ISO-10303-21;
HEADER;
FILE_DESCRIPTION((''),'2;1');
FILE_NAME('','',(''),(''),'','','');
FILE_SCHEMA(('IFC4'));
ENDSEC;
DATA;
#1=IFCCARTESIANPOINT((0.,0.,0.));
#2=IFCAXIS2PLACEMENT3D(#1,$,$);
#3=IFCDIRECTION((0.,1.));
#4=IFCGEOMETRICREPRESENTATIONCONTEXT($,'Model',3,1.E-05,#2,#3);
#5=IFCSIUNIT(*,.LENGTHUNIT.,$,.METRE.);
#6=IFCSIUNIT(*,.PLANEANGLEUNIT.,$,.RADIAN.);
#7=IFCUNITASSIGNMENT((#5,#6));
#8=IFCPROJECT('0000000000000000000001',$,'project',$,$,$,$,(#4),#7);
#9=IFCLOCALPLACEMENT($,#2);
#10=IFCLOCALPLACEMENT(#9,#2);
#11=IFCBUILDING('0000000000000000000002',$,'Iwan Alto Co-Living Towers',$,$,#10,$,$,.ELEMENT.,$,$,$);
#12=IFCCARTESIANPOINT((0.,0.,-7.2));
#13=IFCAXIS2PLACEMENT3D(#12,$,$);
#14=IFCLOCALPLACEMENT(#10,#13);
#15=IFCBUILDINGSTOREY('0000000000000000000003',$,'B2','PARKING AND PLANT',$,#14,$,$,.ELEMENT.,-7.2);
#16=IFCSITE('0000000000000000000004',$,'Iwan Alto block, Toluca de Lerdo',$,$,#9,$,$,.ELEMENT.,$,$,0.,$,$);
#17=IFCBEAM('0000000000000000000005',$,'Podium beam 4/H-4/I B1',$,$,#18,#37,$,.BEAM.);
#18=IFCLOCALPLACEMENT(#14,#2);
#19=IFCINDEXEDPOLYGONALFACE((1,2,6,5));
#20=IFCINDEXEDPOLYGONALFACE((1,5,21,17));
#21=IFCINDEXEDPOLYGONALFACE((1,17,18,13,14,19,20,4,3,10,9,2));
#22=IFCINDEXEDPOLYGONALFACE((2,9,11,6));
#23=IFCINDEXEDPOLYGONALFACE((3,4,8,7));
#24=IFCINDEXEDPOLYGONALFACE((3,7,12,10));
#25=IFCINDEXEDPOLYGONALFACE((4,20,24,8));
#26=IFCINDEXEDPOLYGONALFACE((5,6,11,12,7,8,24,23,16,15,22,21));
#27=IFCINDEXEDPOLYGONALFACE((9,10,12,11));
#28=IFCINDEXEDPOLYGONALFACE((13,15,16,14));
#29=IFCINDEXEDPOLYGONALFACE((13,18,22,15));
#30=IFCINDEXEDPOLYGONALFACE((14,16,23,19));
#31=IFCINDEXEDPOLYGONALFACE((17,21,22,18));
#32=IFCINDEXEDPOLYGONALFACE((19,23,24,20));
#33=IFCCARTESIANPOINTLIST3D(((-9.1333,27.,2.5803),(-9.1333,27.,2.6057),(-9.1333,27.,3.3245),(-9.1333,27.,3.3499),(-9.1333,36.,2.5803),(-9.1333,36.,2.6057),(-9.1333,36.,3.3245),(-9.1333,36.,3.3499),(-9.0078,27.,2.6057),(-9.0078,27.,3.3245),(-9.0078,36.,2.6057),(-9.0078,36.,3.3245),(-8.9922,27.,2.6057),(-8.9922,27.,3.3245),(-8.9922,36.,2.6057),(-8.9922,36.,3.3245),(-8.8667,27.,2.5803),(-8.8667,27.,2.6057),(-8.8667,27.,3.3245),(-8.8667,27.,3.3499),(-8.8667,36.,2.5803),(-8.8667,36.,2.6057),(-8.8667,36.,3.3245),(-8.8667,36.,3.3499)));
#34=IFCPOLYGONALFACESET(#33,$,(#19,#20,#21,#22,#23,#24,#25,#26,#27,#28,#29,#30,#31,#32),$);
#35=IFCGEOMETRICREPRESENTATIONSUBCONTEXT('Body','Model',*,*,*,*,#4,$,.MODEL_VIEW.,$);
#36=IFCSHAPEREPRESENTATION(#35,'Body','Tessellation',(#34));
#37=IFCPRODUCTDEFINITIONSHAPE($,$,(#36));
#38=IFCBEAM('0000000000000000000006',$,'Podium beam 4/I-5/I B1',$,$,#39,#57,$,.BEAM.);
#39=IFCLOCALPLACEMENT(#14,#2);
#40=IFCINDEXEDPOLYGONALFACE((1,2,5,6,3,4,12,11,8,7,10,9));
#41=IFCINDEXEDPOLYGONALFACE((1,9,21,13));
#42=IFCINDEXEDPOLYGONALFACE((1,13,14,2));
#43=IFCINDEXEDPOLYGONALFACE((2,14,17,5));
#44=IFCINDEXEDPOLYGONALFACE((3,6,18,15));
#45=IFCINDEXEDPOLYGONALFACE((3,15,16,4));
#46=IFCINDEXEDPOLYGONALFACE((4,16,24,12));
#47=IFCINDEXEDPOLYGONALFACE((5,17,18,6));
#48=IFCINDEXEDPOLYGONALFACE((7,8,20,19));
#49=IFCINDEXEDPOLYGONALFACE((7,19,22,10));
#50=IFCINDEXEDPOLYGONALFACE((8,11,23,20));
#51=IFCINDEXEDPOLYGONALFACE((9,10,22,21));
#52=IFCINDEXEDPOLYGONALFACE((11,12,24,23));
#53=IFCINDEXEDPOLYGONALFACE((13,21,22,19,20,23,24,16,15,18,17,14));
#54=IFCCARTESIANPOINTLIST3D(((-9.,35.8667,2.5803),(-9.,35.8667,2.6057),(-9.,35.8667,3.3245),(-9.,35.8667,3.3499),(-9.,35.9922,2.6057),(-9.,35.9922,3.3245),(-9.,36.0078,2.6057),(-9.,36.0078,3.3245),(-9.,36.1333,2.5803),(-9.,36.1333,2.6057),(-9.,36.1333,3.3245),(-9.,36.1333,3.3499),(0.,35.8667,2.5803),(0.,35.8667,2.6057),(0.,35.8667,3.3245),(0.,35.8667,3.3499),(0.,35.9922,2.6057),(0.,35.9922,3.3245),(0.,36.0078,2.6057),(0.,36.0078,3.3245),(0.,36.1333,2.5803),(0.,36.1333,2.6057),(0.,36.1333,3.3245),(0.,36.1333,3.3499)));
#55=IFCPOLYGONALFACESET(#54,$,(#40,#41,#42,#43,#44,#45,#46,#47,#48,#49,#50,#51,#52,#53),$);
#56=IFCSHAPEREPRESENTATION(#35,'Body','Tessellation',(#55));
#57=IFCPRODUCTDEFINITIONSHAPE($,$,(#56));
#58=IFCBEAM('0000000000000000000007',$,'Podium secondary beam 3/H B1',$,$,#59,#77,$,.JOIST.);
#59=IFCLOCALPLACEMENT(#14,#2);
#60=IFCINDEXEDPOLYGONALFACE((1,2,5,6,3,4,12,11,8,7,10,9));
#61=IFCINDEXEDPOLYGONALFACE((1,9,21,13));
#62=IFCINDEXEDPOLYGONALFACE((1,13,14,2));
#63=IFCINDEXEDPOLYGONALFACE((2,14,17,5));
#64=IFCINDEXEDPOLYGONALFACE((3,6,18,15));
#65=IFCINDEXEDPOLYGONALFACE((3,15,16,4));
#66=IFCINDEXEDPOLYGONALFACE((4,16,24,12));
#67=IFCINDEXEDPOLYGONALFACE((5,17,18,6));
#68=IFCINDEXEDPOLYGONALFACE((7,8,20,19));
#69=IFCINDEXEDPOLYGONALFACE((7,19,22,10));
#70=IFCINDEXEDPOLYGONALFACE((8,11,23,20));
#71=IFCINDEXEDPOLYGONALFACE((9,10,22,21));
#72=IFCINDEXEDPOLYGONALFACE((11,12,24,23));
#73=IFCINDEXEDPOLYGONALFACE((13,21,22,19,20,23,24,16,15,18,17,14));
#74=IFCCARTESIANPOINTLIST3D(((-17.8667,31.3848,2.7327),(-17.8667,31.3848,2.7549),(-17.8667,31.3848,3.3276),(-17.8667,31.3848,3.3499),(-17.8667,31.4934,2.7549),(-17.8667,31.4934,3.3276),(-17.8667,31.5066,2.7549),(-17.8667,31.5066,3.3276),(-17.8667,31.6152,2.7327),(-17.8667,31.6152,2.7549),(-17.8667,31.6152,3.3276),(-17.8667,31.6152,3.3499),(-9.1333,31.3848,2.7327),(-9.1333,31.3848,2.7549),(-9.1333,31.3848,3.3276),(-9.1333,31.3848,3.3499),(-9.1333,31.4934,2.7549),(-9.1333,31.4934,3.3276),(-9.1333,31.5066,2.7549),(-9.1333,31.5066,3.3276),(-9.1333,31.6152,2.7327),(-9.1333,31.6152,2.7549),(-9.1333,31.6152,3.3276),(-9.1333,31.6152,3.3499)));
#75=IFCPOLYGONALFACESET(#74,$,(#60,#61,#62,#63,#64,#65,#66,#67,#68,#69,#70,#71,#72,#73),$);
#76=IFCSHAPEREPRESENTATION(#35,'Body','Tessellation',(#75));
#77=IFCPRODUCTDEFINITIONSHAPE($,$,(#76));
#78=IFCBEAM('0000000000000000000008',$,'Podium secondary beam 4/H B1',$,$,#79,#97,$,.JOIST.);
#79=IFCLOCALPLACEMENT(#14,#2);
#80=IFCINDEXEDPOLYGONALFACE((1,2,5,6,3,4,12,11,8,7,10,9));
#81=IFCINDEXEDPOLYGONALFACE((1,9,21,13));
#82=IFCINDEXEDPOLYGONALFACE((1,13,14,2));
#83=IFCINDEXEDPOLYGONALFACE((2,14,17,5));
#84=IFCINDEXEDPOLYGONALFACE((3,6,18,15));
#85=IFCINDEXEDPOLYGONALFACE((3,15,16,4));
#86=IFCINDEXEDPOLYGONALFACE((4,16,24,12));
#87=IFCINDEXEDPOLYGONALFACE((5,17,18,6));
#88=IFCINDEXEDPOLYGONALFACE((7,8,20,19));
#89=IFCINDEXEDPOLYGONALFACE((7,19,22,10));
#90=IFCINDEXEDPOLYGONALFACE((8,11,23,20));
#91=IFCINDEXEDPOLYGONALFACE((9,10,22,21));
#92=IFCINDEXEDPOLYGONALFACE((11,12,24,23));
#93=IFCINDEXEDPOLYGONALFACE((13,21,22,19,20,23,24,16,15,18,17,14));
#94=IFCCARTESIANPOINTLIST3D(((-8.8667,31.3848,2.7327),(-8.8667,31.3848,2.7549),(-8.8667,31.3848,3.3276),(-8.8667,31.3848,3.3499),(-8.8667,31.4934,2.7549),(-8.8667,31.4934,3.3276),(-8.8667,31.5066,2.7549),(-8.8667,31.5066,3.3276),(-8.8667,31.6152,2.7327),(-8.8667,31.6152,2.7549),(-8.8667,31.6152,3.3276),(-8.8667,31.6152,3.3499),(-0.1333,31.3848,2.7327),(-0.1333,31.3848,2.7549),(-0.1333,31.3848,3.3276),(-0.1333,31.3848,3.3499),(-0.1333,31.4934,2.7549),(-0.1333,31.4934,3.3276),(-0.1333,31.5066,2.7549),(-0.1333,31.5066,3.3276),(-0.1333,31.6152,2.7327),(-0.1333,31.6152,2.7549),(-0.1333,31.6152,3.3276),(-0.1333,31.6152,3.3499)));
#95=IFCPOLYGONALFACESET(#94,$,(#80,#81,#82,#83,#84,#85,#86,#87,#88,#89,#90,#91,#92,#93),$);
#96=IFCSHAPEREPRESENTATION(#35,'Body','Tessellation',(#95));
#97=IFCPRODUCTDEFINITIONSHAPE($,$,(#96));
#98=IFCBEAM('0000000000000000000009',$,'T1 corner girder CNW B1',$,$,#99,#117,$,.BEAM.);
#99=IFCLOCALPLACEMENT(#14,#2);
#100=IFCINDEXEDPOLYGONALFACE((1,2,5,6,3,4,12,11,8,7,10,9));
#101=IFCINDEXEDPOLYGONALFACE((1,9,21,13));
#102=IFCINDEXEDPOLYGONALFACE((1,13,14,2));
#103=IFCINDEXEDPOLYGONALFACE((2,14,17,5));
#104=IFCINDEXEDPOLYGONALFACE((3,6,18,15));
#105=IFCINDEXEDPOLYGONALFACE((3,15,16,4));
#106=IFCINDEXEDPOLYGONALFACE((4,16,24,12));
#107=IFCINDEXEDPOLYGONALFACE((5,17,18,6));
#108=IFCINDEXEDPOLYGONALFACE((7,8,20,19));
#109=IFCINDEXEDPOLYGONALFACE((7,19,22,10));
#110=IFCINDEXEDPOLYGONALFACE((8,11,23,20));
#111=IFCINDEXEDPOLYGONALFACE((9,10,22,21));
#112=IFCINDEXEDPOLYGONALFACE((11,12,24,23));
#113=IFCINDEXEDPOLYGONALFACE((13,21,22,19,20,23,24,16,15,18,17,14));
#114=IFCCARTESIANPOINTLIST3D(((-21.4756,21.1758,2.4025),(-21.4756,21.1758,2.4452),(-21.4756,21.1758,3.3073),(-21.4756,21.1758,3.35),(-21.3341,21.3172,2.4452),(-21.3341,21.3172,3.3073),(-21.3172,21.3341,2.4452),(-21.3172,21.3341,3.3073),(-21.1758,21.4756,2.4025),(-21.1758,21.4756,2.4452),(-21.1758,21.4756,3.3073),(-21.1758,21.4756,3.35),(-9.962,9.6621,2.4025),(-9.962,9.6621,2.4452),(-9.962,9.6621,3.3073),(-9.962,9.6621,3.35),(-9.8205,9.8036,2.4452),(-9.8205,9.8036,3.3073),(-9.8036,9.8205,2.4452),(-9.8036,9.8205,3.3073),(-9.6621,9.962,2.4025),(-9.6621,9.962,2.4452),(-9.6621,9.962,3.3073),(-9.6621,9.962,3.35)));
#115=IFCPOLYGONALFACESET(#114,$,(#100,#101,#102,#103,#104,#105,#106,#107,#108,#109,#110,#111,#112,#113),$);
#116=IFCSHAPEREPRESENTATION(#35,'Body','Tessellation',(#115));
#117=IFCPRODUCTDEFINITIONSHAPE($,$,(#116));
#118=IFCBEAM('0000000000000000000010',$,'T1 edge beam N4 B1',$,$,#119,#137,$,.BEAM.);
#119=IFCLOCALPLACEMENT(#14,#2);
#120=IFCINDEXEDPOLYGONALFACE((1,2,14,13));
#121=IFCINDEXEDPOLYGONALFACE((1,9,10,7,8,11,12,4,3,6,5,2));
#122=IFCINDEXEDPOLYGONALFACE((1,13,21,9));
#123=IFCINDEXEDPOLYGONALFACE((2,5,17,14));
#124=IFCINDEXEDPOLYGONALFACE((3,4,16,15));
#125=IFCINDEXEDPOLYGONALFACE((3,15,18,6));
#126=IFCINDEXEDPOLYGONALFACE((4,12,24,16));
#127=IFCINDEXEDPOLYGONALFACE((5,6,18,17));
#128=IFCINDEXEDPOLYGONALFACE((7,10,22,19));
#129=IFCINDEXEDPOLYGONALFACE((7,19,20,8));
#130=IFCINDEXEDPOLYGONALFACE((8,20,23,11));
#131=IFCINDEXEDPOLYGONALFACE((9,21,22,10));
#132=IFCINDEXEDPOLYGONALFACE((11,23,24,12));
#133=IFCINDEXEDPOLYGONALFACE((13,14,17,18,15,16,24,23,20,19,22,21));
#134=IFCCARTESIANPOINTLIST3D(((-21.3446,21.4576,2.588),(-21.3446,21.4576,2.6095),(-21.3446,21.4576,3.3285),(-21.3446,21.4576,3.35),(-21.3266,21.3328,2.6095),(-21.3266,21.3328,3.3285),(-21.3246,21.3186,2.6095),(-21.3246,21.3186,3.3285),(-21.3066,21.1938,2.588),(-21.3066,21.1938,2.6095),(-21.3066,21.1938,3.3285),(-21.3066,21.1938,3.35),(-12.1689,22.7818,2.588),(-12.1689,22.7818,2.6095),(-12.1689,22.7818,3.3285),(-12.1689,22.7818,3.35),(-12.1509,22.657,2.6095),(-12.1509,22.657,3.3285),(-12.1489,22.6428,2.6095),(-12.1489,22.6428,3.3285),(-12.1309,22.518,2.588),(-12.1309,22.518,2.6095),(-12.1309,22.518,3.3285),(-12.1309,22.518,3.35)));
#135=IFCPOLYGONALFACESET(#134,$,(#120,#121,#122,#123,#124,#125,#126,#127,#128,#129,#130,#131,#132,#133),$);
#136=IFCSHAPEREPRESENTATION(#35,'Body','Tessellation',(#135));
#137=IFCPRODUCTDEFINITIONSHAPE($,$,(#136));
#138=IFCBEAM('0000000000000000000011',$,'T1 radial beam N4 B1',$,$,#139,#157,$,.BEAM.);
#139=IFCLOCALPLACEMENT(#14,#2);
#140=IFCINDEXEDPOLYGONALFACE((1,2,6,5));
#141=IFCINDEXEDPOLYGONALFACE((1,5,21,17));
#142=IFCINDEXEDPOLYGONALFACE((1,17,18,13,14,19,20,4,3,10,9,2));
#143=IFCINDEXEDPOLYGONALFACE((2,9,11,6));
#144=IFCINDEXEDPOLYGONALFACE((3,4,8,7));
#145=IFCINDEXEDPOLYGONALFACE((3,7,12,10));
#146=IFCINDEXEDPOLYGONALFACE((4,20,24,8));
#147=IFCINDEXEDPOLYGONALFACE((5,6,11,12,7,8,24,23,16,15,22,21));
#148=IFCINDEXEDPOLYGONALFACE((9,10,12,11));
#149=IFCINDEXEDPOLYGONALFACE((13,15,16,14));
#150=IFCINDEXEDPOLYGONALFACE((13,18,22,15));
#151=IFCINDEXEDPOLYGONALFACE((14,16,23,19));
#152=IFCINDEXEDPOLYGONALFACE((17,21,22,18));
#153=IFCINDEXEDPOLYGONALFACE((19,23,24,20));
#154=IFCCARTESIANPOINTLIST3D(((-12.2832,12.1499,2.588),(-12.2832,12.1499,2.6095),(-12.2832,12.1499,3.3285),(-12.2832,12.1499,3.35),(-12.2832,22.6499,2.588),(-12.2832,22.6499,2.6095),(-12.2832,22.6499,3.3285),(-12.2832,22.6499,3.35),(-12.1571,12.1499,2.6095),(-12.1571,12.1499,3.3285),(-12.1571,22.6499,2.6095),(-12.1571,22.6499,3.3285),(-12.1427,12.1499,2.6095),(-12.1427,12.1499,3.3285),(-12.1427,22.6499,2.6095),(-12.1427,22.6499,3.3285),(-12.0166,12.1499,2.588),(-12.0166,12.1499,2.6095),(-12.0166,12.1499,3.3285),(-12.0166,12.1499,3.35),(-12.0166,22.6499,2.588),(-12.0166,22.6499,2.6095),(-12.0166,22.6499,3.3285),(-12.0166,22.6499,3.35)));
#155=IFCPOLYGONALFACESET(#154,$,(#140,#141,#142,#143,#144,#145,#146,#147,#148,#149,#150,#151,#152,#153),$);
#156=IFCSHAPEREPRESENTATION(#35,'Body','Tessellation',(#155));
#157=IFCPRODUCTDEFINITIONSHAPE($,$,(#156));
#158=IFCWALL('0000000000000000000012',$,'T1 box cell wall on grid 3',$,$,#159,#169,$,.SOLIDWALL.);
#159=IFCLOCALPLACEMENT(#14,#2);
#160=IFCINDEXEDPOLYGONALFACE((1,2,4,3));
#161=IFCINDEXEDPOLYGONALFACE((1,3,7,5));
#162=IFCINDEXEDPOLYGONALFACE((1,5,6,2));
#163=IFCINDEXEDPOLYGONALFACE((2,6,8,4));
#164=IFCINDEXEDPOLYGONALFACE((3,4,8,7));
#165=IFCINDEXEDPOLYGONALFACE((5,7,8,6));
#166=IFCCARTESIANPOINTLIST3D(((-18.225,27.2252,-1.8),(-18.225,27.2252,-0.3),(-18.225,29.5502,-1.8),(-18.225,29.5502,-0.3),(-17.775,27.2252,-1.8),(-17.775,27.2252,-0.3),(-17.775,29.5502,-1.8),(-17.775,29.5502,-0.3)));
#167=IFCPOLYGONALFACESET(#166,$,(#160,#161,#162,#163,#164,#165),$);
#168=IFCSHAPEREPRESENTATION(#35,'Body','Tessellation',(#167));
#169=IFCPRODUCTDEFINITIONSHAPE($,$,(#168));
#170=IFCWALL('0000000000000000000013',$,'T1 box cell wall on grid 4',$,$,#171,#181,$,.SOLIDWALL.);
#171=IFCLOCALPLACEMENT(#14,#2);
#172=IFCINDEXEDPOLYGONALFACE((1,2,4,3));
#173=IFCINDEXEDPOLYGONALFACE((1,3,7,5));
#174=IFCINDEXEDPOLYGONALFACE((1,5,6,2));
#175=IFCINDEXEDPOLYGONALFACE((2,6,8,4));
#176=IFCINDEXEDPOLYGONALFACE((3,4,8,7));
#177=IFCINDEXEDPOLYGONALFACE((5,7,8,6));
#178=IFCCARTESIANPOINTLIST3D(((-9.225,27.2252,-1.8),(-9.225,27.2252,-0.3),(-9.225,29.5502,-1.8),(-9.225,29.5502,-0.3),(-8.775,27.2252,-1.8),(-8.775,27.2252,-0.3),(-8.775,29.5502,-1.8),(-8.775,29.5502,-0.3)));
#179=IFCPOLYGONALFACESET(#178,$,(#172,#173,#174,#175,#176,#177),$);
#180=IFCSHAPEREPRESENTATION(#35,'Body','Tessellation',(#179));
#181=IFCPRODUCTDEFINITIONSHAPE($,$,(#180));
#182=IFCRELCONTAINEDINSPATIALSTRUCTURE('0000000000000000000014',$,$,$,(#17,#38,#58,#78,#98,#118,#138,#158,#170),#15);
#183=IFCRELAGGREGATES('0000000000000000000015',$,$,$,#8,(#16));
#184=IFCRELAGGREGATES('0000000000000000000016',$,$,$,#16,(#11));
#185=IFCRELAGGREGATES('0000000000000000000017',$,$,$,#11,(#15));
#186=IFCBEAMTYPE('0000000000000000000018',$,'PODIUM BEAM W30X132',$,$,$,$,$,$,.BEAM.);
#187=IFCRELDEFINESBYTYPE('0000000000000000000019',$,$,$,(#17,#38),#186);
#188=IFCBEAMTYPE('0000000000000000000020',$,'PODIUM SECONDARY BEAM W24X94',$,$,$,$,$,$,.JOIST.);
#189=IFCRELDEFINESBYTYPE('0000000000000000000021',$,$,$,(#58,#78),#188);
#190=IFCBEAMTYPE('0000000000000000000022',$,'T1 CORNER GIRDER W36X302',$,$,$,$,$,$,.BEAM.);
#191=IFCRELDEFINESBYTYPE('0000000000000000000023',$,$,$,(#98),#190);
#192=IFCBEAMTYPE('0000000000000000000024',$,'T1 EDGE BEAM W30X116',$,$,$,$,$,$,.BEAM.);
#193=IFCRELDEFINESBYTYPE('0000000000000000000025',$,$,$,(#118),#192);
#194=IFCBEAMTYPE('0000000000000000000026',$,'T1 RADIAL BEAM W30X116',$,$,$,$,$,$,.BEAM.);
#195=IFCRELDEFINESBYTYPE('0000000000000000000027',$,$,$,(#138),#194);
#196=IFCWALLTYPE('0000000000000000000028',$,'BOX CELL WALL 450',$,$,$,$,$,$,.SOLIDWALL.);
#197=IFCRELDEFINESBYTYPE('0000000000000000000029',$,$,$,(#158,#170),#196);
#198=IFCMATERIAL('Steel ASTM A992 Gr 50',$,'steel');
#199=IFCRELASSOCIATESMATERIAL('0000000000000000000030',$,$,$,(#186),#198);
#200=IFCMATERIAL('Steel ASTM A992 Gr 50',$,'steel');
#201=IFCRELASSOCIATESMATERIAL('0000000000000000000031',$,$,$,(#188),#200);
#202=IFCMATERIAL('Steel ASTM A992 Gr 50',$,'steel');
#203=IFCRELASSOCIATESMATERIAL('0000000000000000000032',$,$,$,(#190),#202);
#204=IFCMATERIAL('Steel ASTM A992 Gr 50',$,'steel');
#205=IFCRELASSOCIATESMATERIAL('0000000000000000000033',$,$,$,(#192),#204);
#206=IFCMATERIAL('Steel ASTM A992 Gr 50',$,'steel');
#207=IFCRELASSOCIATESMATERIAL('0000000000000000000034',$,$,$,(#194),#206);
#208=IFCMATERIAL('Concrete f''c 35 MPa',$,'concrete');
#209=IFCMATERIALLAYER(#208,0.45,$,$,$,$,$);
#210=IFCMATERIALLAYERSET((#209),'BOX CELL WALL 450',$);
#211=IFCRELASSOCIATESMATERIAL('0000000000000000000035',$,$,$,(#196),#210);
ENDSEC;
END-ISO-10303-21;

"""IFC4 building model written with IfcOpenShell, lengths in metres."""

from ifc_helpers import new_model, si_unit, direction, frame, frame_2d, origin, origin_2d, place, context, subcontext, project, spatial, rectangle, i_section, extrude, material, layer, layer_set, material_profile, profile_set, type_object, element, save


model = new_model("IFC4")

# Units and contexts
model_context = context("Model", 3, precision=1e-05, world=origin(), true_north=direction((0.0, 1.0)))
body_context = subcontext(model_context, "Body", "Model", "MODEL_VIEW")
ifc_project = project(units=[si_unit("LENGTHUNIT", "METRE"), si_unit("PLANEANGLEUNIT", "RADIAN")], contexts=[model_context])

# Site, building, storey
site_placement = place(None, origin())
site = spatial("IfcSite", under=ifc_project, at=site_placement, Name="Iwan Alto block, Toluca de Lerdo", CompositionType="ELEMENT", RefElevation=0.0)
building_placement = place(site_placement, origin())
building = spatial("IfcBuilding", under=site, at=building_placement, Name="Iwan Alto Co-Living Towers", CompositionType="ELEMENT")
storey_placement = place(building_placement, frame((0.0, 0.0, -7.2)))
storey = spatial("IfcBuildingStorey", under=building, at=storey_placement, Name="B2", Description="PARKING AND PLANT", CompositionType="ELEMENT", Elevation=-7.2)

# Beams
ifc_material_1 = material(Name="Steel ASTM A992 Gr 50", Category="steel")
ifc_material_profile_1 = material_profile(ifc_material_1, i_section(OverallWidth=0.2666, OverallDepth=0.7695, WebThickness=0.0156, FlangeThickness=0.0254, at=origin_2d()), Name="W30X132")
ifc_profile_set_1 = profile_set([ifc_material_profile_1], Name="Steel ASTM A992 Gr 50")
beam_type_1 = type_object("IfcBeamType", Name="PODIUM BEAM W30X132", PredefinedType="BEAM", material=ifc_profile_set_1)
for number, where, z_axis, x_axis, name in (
    (1, (-9.0, 27.0, 2.9651), (0.0, 1.0, 0.0), (-1.0, 0.0, 0.0), "Podium beam 4/H-4/I B1"),
    (2, (-9.0, 36.0, 2.9651), (1.0, 0.0, 0.0), (0.0, 1.0, 0.0), "Podium beam 4/I-5/I B1"),
):
    element("IfcBeam", number, at=place(storey_placement, frame(where, z_axis=z_axis, x_axis=x_axis)), inside=storey, type_object=beam_type_1, Name=name, PredefinedType="BEAM", context=body_context, shape_type="SweptSolid", body=[
        extrude(i_section(OverallWidth=0.2666, OverallDepth=0.7695, WebThickness=0.0156, FlangeThickness=0.0254, at=origin_2d()), origin(), (0.0, 0.0, 1.0), 9.0),
    ])
ifc_material_2 = material(Name="Steel ASTM A992 Gr 50", Category="steel")
ifc_material_profile_2 = material_profile(ifc_material_2, i_section(OverallWidth=0.2305, OverallDepth=0.6172, WebThickness=0.0132, FlangeThickness=0.0222, at=origin_2d()), Name="W24X94")
ifc_profile_set_2 = profile_set([ifc_material_profile_2], Name="Steel ASTM A992 Gr 50")
beam_type_2 = type_object("IfcBeamType", Name="PODIUM SECONDARY BEAM W24X94", PredefinedType="JOIST", material=ifc_profile_set_2)
for number, where, z_axis, x_axis, name in (
    (3, (-17.8667, 31.5, 3.0413), (1.0, 0.0, 0.0), (0.0, 1.0, 0.0), "Podium secondary beam 3/H B1"),
    (4, (-8.8667, 31.5, 3.0413), (1.0, 0.0, 0.0), (0.0, 1.0, 0.0), "Podium secondary beam 4/H B1"),
):
    element("IfcBeam", number, at=place(storey_placement, frame(where, z_axis=z_axis, x_axis=x_axis)), inside=storey, type_object=beam_type_2, Name=name, PredefinedType="JOIST", context=body_context, shape_type="SweptSolid", body=[
        extrude(i_section(OverallWidth=0.2305, OverallDepth=0.6172, WebThickness=0.0132, FlangeThickness=0.0222, at=origin_2d()), origin(), (0.0, 0.0, 1.0), 8.7334),
    ])
ifc_material_3 = material(Name="Steel ASTM A992 Gr 50", Category="steel")
ifc_material_profile_3 = material_profile(ifc_material_3, i_section(OverallWidth=0.4241, OverallDepth=0.9475, WebThickness=0.0239, FlangeThickness=0.0427, at=origin_2d()), Name="W36X302")
ifc_profile_set_3 = profile_set([ifc_material_profile_3], Name="Steel ASTM A992 Gr 50")
beam_type_3 = type_object("IfcBeamType", Name="T1 CORNER GIRDER W36X302", PredefinedType="BEAM", material=ifc_profile_set_3)
beam_1_placement = place(storey_placement, frame((-21.3257, 21.3257, 2.8762), z_axis=(0.707107, -0.707107, 0.0), x_axis=(0.707107, 0.707107, 0.0)))
element("IfcBeam", 5, at=beam_1_placement, inside=storey, type_object=beam_type_3, Name="T1 corner girder CNW B1", PredefinedType="BEAM", context=body_context, shape_type="SweptSolid", body=[
    extrude(i_section(OverallWidth=0.4241, OverallDepth=0.9475, WebThickness=0.0239, FlangeThickness=0.0427, at=origin_2d()), origin(), (0.0, 0.0, 1.0), 16.2827),
])
ifc_material_4 = material(Name="Steel ASTM A992 Gr 50", Category="steel")
ifc_material_profile_4 = material_profile(ifc_material_4, i_section(OverallWidth=0.2666, OverallDepth=0.762, WebThickness=0.0144, FlangeThickness=0.0215, at=origin_2d()), Name="W30X116")
ifc_profile_set_4 = profile_set([ifc_material_profile_4], Name="Steel ASTM A992 Gr 50")
beam_type_4 = type_object("IfcBeamType", Name="T1 EDGE BEAM W30X116", PredefinedType="BEAM", material=ifc_profile_set_4)
beam_2_placement = place(storey_placement, frame((-12.1499, 22.6499, 2.969), z_axis=(-0.989746, -0.142837, 0.0), x_axis=(0.142837, -0.989746, 0.0)))
element("IfcBeam", 6, at=beam_2_placement, inside=storey, type_object=beam_type_4, Name="T1 edge beam N4 B1", PredefinedType="BEAM", context=body_context, shape_type="SweptSolid", body=[
    extrude(i_section(OverallWidth=0.2666, OverallDepth=0.762, WebThickness=0.0144, FlangeThickness=0.0215, at=origin_2d()), origin(), (0.0, 0.0, 1.0), 9.2708),
])
ifc_material_5 = material(Name="Steel ASTM A992 Gr 50", Category="steel")
ifc_material_profile_5 = material_profile(ifc_material_5, i_section(OverallWidth=0.2666, OverallDepth=0.762, WebThickness=0.0144, FlangeThickness=0.0215, at=origin_2d()), Name="W30X116")
ifc_profile_set_5 = profile_set([ifc_material_profile_5], Name="Steel ASTM A992 Gr 50")
beam_type_5 = type_object("IfcBeamType", Name="T1 RADIAL BEAM W30X116", PredefinedType="BEAM", material=ifc_profile_set_5)
beam_3_placement = place(storey_placement, frame((-12.1499, 22.6499, 2.969), z_axis=(0.0, -1.0, 0.0), x_axis=(1.0, 0.0, 0.0)))
element("IfcBeam", 7, at=beam_3_placement, inside=storey, type_object=beam_type_5, Name="T1 radial beam N4 B1", PredefinedType="BEAM", context=body_context, shape_type="SweptSolid", body=[
    extrude(i_section(OverallWidth=0.2666, OverallDepth=0.762, WebThickness=0.0144, FlangeThickness=0.0215, at=origin_2d()), origin(), (0.0, 0.0, 1.0), 10.5),
])

# Walls
ifc_material_6 = material(Name="Concrete f'c 35 MPa", Category="concrete")
ifc_layer_1 = layer(ifc_material_6, 0.45)
ifc_layer_set_1 = layer_set([ifc_layer_1], Name="BOX CELL WALL 450")
wall_type_1 = type_object("IfcWallType", Name="BOX CELL WALL 450", PredefinedType="SOLIDWALL", material=ifc_layer_set_1)
for number, where, z_axis, x_axis, name in (
    (8, (-18.0, 27.2251, -1.8), (0.0, 0.0, 1.0), (0.0, 1.0, 0.0), "T1 box cell wall on grid 3"),
    (9, (-9.0, 27.2251, -1.8), (0.0, 0.0, 1.0), (0.0, 1.0, 0.0), "T1 box cell wall on grid 4"),
):
    element("IfcWall", number, at=place(storey_placement, frame(where, z_axis=z_axis, x_axis=x_axis)), inside=storey, type_object=wall_type_1, Name=name, PredefinedType="SOLIDWALL", context=body_context, shape_type="SweptSolid", body=[
        extrude(rectangle(XDim=2.325, YDim=0.45, at=frame_2d((1.1626, 0.0))), origin(), (0.0, 0.0, 1.0), 1.5),
    ])

save(model, "model.ifc")
